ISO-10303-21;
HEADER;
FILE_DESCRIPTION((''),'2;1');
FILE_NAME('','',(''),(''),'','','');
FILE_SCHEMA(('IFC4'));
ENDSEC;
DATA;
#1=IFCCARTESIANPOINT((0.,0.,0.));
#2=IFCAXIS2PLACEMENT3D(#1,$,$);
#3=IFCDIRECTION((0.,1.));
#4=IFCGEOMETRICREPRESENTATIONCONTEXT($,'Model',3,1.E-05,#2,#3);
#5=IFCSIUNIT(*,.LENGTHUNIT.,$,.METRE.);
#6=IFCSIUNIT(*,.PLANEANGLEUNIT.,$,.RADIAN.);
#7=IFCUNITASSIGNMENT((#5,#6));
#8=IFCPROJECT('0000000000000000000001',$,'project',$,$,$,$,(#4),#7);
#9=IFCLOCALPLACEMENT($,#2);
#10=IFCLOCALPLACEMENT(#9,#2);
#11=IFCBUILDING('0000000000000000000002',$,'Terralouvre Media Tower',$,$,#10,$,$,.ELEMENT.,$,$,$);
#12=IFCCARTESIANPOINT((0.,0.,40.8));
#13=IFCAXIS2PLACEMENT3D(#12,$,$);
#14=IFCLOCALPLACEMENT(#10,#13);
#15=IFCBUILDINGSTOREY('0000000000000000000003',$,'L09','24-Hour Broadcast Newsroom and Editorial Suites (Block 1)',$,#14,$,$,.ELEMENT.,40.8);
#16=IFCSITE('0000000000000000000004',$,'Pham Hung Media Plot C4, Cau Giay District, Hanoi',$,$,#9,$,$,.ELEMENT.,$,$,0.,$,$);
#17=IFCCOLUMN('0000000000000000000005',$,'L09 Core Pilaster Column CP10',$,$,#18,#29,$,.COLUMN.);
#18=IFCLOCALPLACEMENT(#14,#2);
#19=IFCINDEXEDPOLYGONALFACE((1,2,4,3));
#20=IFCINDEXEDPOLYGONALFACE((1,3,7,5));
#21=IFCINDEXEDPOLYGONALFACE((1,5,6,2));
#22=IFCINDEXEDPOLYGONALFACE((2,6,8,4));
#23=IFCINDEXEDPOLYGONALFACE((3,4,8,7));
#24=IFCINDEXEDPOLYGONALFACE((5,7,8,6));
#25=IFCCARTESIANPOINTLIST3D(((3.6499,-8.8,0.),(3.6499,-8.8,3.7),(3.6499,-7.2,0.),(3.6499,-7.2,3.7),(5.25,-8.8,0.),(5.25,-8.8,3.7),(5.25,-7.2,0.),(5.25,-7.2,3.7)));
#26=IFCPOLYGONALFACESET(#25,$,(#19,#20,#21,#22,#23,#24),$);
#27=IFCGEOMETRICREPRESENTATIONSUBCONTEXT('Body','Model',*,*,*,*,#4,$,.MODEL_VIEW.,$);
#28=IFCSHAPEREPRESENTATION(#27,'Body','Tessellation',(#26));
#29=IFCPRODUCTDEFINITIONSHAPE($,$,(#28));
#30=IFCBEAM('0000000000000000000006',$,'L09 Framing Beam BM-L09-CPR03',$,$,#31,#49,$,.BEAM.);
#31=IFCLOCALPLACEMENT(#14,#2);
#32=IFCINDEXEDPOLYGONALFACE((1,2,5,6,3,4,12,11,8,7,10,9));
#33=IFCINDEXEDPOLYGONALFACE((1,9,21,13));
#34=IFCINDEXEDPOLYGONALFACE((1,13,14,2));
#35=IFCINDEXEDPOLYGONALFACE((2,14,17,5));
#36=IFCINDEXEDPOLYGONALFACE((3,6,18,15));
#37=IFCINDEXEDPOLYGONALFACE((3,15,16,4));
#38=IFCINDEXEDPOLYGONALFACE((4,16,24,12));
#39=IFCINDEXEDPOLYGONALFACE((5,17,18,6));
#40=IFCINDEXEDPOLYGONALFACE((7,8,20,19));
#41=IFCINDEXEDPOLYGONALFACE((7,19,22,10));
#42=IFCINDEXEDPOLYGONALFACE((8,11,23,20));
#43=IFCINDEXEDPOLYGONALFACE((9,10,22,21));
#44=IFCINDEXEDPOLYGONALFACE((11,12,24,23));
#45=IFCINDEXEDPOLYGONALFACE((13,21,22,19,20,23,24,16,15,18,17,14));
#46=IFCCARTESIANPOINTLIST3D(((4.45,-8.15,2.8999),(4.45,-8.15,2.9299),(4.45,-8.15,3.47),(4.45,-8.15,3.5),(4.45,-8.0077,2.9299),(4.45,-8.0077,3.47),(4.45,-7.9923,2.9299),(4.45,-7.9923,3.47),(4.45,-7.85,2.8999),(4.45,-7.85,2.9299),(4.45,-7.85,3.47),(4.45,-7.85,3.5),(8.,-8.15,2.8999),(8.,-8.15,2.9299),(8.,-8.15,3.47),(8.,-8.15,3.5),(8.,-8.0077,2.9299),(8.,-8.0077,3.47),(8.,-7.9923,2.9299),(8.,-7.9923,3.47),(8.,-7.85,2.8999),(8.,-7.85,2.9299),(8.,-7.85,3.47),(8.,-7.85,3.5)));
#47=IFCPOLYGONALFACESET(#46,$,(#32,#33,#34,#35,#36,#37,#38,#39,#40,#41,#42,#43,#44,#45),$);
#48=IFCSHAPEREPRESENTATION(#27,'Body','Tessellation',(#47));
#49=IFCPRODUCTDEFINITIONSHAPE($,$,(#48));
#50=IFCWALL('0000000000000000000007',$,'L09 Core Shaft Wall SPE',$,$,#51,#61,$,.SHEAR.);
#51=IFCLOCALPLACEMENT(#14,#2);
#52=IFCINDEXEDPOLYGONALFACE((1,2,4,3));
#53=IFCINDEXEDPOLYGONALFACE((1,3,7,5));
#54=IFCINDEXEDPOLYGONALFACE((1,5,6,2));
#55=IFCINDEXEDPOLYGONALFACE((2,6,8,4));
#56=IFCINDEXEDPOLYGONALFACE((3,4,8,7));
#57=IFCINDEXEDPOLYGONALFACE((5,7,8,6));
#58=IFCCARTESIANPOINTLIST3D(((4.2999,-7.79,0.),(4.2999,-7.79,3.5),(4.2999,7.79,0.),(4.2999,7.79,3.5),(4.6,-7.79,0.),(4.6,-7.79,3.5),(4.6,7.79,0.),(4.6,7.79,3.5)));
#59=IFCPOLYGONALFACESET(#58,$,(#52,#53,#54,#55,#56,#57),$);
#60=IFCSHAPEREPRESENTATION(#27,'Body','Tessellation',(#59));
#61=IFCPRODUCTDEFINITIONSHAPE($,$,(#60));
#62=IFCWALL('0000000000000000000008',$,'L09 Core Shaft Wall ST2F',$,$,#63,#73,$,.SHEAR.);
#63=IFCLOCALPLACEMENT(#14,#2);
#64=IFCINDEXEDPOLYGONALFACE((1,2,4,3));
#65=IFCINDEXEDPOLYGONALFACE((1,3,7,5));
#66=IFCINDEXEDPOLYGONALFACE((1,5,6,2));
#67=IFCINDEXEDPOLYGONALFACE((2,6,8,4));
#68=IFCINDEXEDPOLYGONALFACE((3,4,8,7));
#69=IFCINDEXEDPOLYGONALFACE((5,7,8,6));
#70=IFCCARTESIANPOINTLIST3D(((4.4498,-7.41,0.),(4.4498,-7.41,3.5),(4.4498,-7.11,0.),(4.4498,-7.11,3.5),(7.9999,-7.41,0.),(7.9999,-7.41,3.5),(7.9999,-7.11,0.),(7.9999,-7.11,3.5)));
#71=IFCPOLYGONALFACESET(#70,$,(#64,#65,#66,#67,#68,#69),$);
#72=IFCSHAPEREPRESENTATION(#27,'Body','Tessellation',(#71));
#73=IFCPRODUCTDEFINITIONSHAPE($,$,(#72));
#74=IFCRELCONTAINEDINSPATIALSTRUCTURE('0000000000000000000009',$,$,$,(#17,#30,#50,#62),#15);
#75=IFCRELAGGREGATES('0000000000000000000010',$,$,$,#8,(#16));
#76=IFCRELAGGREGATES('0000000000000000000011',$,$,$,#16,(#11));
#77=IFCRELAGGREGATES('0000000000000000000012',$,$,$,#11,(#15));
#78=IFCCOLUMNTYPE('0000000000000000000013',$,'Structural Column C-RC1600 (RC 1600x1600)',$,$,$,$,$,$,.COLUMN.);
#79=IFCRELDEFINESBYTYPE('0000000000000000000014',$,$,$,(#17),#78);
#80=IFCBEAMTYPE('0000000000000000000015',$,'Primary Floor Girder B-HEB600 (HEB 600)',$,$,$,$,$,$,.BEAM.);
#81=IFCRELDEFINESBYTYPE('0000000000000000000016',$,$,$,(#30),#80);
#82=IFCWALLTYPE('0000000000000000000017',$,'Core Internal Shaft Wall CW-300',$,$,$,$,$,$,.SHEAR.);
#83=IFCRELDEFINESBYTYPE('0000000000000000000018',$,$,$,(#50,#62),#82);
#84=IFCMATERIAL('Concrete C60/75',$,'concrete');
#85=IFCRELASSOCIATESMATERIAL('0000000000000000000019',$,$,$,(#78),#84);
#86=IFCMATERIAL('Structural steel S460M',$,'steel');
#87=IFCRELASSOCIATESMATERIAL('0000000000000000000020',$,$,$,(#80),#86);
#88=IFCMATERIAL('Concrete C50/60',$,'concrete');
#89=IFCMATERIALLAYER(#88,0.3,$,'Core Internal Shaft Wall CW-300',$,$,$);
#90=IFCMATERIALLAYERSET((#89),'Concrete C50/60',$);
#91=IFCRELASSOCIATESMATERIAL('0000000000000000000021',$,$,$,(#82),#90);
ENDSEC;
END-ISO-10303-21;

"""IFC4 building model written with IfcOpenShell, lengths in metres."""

from ifc_helpers import new_model, si_unit, direction, frame, frame_2d, origin, origin_2d, place, context, subcontext, project, spatial, rectangle, i_section, extrude, material, layer, layer_set, material_profile, profile_set, type_object, element, save


model = new_model("IFC4")

# Units and contexts
model_context = context("Model", 3, precision=1e-05, world=origin(), true_north=direction((0.0, 1.0)))
body_context = subcontext(model_context, "Body", "Model", "MODEL_VIEW")
ifc_project = project(units=[si_unit("LENGTHUNIT", "METRE"), si_unit("PLANEANGLEUNIT", "RADIAN")], contexts=[model_context])

# Site, building, storey
site_placement = place(None, origin())
site = spatial("IfcSite", under=ifc_project, at=site_placement, Name="Pham Hung Media Plot C4, Cau Giay District, Hanoi", CompositionType="ELEMENT", RefElevation=0.0)
building_placement = place(site_placement, origin())
building = spatial("IfcBuilding", under=site, at=building_placement, Name="Terralouvre Media Tower", CompositionType="ELEMENT")
storey_placement = place(building_placement, frame((0.0, 0.0, 40.8)))
storey = spatial("IfcBuildingStorey", under=building, at=storey_placement, Name="L09", Description="24-Hour Broadcast Newsroom and Editorial Suites (Block 1)", CompositionType="ELEMENT", Elevation=40.8)

# Column
ifc_material_1 = material(Name="Concrete C60/75", Category="concrete")
ifc_material_profile_1 = material_profile(ifc_material_1, rectangle(XDim=1.6001, YDim=1.6001, at=origin_2d()), Name="RC 1600x1600")
ifc_profile_set_1 = profile_set([ifc_material_profile_1], Name="Concrete C60/75")
column_type = type_object("IfcColumnType", Name="Structural Column C-RC1600 (RC 1600x1600)", PredefinedType="COLUMN", material=ifc_profile_set_1)
column_placement = place(storey_placement, frame((4.45, -8.0, 0.0), z_axis=(0.0, 0.0, 1.0), x_axis=(1.0, 0.0, 0.0)))
element("IfcColumn", 1, at=column_placement, inside=storey, type_object=column_type, Name="L09 Core Pilaster Column CP10", PredefinedType="COLUMN", context=body_context, shape_type="SweptSolid", body=[
    extrude(rectangle(XDim=1.6001, YDim=1.6001, at=origin_2d()), origin(), (0.0, 0.0, 1.0), 3.7),
])

# Beam
ifc_material_2 = material(Name="Structural steel S460M", Category="steel")
ifc_material_profile_2 = material_profile(ifc_material_2, i_section(OverallWidth=0.3, OverallDepth=0.6001, WebThickness=0.0154, FlangeThickness=0.03, at=origin_2d()), Name="HEB 600")
ifc_profile_set_2 = profile_set([ifc_material_profile_2], Name="Structural steel S460M")
beam_type = type_object("IfcBeamType", Name="Primary Floor Girder B-HEB600 (HEB 600)", PredefinedType="BEAM", material=ifc_profile_set_2)
beam_placement = place(storey_placement, frame((4.45, -8.0, 3.2), z_axis=(1.0, 0.0, 0.0), x_axis=(0.0, 1.0, 0.0)))
element("IfcBeam", 2, at=beam_placement, inside=storey, type_object=beam_type, Name="L09 Framing Beam BM-L09-CPR03", PredefinedType="BEAM", context=body_context, shape_type="SweptSolid", body=[
    extrude(i_section(OverallWidth=0.3, OverallDepth=0.6001, WebThickness=0.0154, FlangeThickness=0.03, at=origin_2d()), origin(), (0.0, 0.0, 1.0), 3.55),
])

# Walls
ifc_material_3 = material(Name="Concrete C50/60", Category="concrete")
ifc_layer_1 = layer(ifc_material_3, 0.3, Name="Core Internal Shaft Wall CW-300")
ifc_layer_set_1 = layer_set([ifc_layer_1], Name="Concrete C50/60")
wall_type_1 = type_object("IfcWallType", Name="Core Internal Shaft Wall CW-300", PredefinedType="SHEAR", material=ifc_layer_set_1)
wall_1_placement = place(storey_placement, frame((4.45, -7.79, 0.0), z_axis=(0.0, 0.0, 1.0), x_axis=(0.0, 1.0, 0.0)))
element("IfcWall", 3, at=wall_1_placement, inside=storey, type_object=wall_type_1, Name="L09 Core Shaft Wall SPE", PredefinedType="SHEAR", context=body_context, shape_type="SweptSolid", body=[
    extrude(rectangle(XDim=15.5801, YDim=0.3, at=frame_2d((7.79, 0.0))), origin(), (0.0, 0.0, 1.0), 3.5),
])
wall_2_placement = place(storey_placement, frame((4.45, -7.26, 0.0), z_axis=(0.0, 0.0, 1.0), x_axis=(1.0, 0.0, 0.0)))
element("IfcWall", 4, at=wall_2_placement, inside=storey, type_object=wall_type_1, Name="L09 Core Shaft Wall ST2F", PredefinedType="SHEAR", context=body_context, shape_type="SweptSolid", body=[
    extrude(rectangle(XDim=3.55, YDim=0.3, at=frame_2d((1.7749, 0.0))), origin(), (0.0, 0.0, 1.0), 3.5),
])

save(model, "model.ifc")
